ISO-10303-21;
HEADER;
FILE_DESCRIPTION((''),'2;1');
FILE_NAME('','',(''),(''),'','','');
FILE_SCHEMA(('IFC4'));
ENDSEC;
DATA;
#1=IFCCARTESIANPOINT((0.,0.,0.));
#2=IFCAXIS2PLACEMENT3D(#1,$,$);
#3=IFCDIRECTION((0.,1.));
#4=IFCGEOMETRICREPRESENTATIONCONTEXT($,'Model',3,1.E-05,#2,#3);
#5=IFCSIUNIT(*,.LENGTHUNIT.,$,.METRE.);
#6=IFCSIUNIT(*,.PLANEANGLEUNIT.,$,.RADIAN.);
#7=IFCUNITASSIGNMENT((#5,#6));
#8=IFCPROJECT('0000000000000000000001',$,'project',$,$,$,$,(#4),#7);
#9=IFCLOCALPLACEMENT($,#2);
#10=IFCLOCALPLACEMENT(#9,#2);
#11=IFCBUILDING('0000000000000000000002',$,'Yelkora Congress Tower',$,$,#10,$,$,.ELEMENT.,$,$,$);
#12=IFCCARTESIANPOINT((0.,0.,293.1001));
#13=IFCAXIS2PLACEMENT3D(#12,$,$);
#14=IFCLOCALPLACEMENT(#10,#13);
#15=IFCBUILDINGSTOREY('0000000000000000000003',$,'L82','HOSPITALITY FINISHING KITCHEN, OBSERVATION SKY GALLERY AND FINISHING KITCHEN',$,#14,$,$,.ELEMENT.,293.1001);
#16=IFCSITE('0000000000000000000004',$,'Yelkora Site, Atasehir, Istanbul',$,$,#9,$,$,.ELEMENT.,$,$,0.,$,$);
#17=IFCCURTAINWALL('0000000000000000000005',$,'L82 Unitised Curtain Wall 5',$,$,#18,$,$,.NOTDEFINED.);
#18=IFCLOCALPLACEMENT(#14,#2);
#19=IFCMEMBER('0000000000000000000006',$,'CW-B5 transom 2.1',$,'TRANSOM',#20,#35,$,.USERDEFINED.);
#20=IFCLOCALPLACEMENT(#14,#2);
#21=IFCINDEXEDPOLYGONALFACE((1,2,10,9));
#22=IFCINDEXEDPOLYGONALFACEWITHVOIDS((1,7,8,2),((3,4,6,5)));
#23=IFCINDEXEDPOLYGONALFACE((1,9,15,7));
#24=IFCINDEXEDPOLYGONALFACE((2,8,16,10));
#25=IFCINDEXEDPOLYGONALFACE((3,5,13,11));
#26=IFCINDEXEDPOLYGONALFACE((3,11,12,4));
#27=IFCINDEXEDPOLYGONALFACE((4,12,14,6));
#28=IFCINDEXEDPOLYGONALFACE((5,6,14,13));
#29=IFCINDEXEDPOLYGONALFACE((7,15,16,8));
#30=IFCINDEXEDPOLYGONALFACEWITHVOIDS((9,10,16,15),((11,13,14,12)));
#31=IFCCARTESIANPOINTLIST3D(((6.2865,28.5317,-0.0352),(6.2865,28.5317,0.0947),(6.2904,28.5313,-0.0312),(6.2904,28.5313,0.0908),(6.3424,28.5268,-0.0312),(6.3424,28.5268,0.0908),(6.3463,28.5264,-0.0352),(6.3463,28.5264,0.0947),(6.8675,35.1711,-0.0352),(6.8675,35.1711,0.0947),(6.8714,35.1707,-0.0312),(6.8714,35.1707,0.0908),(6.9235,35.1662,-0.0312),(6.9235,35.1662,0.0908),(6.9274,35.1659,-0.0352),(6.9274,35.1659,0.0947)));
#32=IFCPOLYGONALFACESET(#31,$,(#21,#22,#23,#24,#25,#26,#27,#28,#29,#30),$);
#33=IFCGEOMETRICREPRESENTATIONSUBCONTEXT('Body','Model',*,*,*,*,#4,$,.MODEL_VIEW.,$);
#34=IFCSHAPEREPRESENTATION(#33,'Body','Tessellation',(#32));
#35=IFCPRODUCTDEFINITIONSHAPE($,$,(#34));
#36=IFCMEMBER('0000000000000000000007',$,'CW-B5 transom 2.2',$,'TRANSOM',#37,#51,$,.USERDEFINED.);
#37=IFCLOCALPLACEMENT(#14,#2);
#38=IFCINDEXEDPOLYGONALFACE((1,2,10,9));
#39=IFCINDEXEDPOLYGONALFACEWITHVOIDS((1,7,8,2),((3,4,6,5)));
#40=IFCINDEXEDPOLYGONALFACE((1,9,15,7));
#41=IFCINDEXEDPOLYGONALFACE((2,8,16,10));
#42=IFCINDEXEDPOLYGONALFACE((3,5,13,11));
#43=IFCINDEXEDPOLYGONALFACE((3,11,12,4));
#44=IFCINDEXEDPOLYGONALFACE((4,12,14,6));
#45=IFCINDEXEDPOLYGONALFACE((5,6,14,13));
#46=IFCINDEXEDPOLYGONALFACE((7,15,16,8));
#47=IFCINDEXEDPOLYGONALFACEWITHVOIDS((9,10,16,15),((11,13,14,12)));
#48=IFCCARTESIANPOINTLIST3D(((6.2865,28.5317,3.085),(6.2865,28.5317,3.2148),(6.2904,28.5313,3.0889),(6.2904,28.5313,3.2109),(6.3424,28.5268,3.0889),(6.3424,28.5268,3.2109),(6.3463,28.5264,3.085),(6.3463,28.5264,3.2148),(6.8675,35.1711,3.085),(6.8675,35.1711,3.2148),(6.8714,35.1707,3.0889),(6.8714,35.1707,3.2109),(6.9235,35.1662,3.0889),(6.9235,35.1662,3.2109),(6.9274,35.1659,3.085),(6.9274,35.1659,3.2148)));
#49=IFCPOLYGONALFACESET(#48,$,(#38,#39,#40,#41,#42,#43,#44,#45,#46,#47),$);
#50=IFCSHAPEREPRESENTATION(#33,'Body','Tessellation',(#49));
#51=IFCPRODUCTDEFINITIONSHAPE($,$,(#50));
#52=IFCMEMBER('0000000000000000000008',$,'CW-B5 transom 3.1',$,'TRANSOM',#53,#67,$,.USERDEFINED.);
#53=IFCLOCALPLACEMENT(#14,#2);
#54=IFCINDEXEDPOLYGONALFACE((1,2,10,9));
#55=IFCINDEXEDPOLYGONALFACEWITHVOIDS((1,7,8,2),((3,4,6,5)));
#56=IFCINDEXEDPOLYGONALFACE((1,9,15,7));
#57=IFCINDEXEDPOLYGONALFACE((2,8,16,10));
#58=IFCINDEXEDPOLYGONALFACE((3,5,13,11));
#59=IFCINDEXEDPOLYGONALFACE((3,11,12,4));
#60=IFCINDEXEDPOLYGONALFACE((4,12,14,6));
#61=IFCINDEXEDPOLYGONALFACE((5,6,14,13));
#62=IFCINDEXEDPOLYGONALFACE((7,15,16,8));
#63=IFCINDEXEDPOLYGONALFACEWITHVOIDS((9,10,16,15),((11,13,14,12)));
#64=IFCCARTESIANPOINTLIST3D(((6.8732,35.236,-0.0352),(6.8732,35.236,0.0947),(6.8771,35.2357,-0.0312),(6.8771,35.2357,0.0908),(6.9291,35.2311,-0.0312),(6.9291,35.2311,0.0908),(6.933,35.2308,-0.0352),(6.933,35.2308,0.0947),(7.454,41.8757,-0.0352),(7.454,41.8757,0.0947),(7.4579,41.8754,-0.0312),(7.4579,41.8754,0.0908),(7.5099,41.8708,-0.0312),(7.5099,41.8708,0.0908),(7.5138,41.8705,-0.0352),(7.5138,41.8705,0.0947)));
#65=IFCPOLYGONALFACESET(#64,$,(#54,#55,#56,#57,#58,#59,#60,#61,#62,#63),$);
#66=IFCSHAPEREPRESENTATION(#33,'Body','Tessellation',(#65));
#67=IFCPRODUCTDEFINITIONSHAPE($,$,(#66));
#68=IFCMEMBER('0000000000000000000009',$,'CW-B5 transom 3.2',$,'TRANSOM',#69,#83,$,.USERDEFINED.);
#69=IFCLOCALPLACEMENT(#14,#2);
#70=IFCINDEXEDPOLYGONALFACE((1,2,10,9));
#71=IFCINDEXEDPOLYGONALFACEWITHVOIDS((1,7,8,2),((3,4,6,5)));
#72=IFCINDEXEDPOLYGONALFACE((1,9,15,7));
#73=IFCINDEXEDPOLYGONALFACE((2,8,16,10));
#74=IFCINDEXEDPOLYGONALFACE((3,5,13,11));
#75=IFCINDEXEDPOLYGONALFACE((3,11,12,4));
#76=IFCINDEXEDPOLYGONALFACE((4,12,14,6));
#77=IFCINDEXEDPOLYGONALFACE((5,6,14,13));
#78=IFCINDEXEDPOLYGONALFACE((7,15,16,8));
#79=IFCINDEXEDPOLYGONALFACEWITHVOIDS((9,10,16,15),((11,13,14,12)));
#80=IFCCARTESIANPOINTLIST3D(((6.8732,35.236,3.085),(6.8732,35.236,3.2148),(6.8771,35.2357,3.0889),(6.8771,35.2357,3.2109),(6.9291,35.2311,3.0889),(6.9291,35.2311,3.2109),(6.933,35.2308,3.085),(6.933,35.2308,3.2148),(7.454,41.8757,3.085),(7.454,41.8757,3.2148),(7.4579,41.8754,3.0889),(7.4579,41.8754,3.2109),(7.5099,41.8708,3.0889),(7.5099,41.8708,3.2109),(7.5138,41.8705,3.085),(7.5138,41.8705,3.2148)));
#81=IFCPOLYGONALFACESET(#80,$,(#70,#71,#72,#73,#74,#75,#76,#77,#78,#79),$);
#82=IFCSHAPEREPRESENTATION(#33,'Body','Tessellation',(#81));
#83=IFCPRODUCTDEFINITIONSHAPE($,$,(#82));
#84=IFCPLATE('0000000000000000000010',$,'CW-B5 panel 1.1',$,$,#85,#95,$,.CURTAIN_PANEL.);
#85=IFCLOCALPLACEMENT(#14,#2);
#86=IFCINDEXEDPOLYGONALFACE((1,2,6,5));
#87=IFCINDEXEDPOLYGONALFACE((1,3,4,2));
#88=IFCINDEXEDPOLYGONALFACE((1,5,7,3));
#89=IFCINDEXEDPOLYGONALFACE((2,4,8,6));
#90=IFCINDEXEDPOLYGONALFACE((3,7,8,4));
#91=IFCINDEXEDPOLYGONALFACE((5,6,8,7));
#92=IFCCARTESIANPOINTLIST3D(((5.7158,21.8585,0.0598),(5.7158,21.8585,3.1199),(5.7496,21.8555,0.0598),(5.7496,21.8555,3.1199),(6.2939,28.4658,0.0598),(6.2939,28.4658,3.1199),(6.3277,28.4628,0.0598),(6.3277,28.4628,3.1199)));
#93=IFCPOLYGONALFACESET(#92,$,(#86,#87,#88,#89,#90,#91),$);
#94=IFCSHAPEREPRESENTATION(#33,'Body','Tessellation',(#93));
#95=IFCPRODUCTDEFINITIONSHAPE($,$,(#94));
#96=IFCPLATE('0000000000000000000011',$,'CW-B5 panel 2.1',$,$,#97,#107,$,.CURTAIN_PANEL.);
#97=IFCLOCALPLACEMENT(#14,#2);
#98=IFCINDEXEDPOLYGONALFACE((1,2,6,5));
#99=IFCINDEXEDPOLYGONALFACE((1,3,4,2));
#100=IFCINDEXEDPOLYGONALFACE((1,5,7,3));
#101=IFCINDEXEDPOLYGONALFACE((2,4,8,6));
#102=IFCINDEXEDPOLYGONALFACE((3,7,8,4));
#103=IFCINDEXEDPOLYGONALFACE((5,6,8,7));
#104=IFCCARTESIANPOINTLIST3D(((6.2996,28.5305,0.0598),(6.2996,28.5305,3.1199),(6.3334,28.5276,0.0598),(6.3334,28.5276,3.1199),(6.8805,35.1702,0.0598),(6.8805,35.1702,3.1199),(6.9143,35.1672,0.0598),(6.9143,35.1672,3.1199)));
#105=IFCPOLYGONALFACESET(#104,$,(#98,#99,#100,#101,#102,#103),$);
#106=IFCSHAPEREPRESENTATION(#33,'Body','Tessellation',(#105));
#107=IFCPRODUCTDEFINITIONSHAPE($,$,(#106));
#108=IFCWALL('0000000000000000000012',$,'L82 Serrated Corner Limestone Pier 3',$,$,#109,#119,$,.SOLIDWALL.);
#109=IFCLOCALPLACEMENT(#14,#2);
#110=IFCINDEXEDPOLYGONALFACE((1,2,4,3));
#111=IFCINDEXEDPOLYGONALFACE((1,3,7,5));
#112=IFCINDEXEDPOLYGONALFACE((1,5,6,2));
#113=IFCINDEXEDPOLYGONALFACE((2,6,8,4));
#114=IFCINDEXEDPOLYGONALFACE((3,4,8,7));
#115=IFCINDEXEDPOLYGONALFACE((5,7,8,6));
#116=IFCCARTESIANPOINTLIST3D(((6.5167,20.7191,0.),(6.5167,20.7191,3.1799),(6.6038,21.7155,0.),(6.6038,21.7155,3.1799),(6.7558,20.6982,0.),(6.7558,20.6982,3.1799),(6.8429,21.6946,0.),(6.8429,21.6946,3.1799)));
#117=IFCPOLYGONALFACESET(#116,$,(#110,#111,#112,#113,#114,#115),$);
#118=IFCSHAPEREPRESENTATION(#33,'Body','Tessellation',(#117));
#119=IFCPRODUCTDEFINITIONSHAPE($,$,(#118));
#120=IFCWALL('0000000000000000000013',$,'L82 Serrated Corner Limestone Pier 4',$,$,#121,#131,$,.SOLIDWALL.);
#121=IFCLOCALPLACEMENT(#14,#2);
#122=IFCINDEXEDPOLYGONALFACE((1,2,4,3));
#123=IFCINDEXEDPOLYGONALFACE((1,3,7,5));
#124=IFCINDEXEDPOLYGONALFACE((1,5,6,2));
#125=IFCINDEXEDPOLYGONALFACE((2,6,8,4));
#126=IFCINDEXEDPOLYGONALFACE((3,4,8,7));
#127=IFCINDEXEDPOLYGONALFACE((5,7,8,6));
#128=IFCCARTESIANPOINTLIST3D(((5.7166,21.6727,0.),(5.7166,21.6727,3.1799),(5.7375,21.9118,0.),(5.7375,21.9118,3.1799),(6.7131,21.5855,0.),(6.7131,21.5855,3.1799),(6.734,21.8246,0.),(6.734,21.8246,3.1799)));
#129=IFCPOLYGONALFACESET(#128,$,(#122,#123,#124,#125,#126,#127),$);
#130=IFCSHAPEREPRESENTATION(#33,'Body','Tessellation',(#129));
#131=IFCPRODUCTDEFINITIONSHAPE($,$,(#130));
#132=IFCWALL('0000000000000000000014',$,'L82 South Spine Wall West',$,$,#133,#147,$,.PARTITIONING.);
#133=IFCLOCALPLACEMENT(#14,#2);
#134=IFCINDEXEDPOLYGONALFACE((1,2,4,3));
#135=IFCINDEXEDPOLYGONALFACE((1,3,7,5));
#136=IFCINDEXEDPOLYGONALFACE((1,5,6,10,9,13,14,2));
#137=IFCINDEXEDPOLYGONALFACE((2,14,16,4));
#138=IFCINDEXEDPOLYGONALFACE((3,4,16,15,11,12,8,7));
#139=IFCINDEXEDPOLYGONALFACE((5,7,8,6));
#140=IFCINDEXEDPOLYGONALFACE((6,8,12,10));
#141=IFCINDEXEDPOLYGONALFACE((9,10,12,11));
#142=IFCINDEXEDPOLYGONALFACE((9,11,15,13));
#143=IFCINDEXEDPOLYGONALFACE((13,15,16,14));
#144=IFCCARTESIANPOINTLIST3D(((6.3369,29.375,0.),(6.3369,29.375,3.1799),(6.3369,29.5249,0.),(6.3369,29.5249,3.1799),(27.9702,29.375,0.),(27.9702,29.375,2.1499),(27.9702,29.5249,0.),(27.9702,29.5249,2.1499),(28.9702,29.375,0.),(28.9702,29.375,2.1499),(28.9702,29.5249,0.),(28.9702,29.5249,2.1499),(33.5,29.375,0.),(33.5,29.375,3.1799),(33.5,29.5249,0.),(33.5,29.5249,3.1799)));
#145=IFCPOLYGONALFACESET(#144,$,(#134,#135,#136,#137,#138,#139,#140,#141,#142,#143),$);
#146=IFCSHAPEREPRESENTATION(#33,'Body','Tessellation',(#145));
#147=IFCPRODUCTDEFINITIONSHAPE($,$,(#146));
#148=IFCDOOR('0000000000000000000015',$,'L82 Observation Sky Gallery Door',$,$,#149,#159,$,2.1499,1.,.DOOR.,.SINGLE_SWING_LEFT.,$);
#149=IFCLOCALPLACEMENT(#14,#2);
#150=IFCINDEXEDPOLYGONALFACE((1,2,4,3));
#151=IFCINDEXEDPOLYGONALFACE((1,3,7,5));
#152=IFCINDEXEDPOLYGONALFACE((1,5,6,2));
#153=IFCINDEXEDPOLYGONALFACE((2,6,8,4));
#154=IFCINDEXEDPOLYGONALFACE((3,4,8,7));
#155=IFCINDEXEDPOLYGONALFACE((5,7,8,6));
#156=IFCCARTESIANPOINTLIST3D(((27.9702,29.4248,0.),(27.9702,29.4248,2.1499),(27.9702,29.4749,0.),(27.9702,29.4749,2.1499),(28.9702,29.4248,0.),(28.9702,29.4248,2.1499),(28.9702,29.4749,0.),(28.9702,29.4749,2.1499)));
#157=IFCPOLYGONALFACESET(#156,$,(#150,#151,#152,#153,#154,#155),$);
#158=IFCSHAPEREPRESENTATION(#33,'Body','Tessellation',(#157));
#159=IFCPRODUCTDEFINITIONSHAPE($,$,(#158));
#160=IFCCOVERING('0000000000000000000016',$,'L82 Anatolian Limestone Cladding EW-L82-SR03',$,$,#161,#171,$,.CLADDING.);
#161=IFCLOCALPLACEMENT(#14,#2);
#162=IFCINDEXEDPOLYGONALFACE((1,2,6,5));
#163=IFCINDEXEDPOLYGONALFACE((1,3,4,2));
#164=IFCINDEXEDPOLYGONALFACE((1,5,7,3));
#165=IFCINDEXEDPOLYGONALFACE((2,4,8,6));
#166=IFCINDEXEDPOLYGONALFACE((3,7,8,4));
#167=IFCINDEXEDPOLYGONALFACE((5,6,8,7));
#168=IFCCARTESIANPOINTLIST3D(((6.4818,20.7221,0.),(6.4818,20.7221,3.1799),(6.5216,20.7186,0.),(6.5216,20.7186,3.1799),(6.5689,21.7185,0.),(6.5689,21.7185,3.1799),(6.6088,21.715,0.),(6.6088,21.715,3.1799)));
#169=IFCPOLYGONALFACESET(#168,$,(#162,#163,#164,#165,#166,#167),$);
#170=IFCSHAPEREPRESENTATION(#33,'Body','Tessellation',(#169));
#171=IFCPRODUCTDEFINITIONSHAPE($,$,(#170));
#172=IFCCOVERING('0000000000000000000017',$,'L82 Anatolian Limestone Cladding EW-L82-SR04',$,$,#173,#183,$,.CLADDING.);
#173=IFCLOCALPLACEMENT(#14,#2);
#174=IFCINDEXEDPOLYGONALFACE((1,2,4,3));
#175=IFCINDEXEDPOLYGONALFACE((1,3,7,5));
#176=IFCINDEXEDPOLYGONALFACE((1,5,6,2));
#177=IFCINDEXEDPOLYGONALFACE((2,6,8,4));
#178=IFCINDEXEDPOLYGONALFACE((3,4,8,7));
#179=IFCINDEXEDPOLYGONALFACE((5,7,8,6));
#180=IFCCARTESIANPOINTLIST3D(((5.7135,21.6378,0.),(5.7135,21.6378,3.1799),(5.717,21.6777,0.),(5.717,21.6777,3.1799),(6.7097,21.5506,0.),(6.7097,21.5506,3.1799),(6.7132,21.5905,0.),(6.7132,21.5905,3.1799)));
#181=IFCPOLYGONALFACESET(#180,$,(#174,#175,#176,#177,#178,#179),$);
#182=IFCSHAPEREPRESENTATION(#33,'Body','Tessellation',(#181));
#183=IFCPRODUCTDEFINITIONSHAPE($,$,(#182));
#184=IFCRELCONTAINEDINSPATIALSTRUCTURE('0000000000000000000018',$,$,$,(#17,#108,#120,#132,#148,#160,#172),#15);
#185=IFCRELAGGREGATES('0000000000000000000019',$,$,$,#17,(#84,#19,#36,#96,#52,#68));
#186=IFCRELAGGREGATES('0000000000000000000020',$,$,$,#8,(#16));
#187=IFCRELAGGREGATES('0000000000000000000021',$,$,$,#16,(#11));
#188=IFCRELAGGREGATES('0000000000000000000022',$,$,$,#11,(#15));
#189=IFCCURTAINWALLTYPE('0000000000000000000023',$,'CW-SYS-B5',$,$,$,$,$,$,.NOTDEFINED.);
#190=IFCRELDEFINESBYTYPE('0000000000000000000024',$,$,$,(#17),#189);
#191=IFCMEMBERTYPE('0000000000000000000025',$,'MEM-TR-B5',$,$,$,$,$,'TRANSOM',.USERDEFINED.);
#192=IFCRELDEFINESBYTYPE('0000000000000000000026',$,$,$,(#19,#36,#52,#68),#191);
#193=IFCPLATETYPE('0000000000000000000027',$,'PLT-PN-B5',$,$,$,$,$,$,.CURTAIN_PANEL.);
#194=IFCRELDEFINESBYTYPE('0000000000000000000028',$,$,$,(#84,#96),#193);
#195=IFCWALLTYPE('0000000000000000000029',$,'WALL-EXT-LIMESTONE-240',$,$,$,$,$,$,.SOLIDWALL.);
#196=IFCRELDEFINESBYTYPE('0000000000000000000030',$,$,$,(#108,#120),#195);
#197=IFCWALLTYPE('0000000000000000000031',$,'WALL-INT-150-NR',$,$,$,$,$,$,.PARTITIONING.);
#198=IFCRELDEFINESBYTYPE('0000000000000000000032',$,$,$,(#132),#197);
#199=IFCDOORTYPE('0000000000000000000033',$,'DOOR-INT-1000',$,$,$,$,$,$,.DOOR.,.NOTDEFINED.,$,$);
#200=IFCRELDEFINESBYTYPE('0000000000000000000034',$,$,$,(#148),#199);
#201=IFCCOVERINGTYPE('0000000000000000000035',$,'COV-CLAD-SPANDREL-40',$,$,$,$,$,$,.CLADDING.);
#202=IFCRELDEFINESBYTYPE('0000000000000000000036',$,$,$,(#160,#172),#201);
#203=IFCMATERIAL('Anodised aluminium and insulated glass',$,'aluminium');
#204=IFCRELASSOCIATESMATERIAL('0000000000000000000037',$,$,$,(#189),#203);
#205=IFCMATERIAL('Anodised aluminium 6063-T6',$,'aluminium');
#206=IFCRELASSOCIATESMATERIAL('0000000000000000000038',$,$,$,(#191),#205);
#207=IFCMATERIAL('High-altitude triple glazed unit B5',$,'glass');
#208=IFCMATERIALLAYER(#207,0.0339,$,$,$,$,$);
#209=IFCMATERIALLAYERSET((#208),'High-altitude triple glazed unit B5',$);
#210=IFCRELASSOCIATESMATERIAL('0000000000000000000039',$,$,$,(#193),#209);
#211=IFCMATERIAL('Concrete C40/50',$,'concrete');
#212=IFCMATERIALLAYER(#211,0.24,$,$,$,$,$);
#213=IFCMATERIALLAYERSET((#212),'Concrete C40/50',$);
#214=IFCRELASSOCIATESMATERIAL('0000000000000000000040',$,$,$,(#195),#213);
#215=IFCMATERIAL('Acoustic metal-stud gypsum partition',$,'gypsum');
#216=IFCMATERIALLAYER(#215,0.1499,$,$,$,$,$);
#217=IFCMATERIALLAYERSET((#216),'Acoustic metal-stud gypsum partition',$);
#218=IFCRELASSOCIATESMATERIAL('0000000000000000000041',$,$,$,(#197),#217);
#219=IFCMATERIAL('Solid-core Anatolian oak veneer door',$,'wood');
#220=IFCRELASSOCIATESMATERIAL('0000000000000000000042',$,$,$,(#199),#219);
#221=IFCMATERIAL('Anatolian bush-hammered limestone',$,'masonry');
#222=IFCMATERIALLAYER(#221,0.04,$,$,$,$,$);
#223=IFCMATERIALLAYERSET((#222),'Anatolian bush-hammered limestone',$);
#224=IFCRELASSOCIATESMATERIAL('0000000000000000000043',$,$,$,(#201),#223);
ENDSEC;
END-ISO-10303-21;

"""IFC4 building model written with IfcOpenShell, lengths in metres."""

from ifc_helpers import new_model, si_unit, direction, frame, frame_2d, origin, origin_2d, place, context, subcontext, project, spatial, rectangle, hollow_rectangle, extrude, material, layer, layer_set, material_profile, profile_set, type_object, element, fill, aggregate, save


model = new_model("IFC4")

# Units and contexts
model_context = context("Model", 3, precision=1e-05, world=origin(), true_north=direction((0.0, 1.0)))
body_context = subcontext(model_context, "Body", "Model", "MODEL_VIEW")
ifc_project = project(units=[si_unit("LENGTHUNIT", "METRE"), si_unit("PLANEANGLEUNIT", "RADIAN")], contexts=[model_context])

# Site, building, storey
site_placement = place(None, origin())
site = spatial("IfcSite", under=ifc_project, at=site_placement, Name="Yelkora Site, Atasehir, Istanbul", CompositionType="ELEMENT", RefElevation=0.0)
building_placement = place(site_placement, origin())
building = spatial("IfcBuilding", under=site, at=building_placement, Name="Yelkora Congress Tower", CompositionType="ELEMENT")
storey_placement = place(building_placement, frame((0.0, 0.0, 293.1001)))
storey = spatial("IfcBuildingStorey", under=building, at=storey_placement, Name="L82", Description="HOSPITALITY FINISHING KITCHEN, OBSERVATION SKY GALLERY AND FINISHING KITCHEN", CompositionType="ELEMENT", Elevation=293.1001)

# Curtain wall, members, plates
ifc_material_1 = material(Name="Anodised aluminium and insulated glass", Category="aluminium")
curtain_wall_type = type_object("IfcCurtainWallType", Name="CW-SYS-B5", PredefinedType="NOTDEFINED", material=ifc_material_1)
curtain_wall_placement = place(storey_placement, origin())
curtain_wall = element("IfcCurtainWall", 1, at=curtain_wall_placement, inside=storey, type_object=curtain_wall_type, Name="L82 Unitised Curtain Wall 5", PredefinedType="NOTDEFINED")
ifc_material_2 = material(Name="Anodised aluminium 6063-T6", Category="aluminium")
ifc_material_profile_1 = material_profile(ifc_material_2, hollow_rectangle(XDim=0.0601, YDim=0.1299, WallThickness=0.0039, at=origin_2d()), Name="ALU 60x130x4")
ifc_profile_set_1 = profile_set([ifc_material_profile_1], Name="Anodised aluminium 6063-T6")
member_type_1 = type_object("IfcMemberType", Name="MEM-TR-B5", ElementType="TRANSOM", PredefinedType="USERDEFINED", material=ifc_profile_set_1)
member_1_placement = place(storey_placement, frame((6.3164, 28.5291, 0.0298), z_axis=(0.087183, 0.996192, 0.0), x_axis=(-0.996192, 0.087183, 0.0)))
member_1 = element("IfcMember", 2, at=member_1_placement, type_object=member_type_1, Name="CW-B5 transom 2.1", ObjectType="TRANSOM", PredefinedType="USERDEFINED", context=body_context, shape_type="SweptSolid", body=[
    extrude(hollow_rectangle(XDim=0.0601, YDim=0.1299, WallThickness=0.0039, at=origin_2d()), origin(), (0.0, 0.0, 1.0), 6.6648),
])
member_2_placement = place(storey_placement, frame((6.3164, 28.5291, 3.1499), z_axis=(0.087183, 0.996192, 0.0), x_axis=(-0.996192, 0.087183, 0.0)))
member_2 = element("IfcMember", 3, at=member_2_placement, type_object=member_type_1, Name="CW-B5 transom 2.2", ObjectType="TRANSOM", PredefinedType="USERDEFINED", context=body_context, shape_type="SweptSolid", body=[
    extrude(hollow_rectangle(XDim=0.0601, YDim=0.1299, WallThickness=0.0039, at=origin_2d()), origin(), (0.0, 0.0, 1.0), 6.6648),
])
member_3_placement = place(storey_placement, frame((6.9031, 35.2334, 0.0298), z_axis=(0.087143, 0.996196, 0.0), x_axis=(-0.996196, 0.087143, 0.0)))
member_3 = element("IfcMember", 4, at=member_3_placement, type_object=member_type_1, Name="CW-B5 transom 3.1", ObjectType="TRANSOM", PredefinedType="USERDEFINED", context=body_context, shape_type="SweptSolid", body=[
    extrude(hollow_rectangle(XDim=0.0601, YDim=0.1299, WallThickness=0.0039, at=origin_2d()), origin(), (0.0, 0.0, 1.0), 6.665),
])
member_4_placement = place(storey_placement, frame((6.9031, 35.2334, 3.1499), z_axis=(0.087143, 0.996196, 0.0), x_axis=(-0.996196, 0.087143, 0.0)))
member_4 = element("IfcMember", 5, at=member_4_placement, type_object=member_type_1, Name="CW-B5 transom 3.2", ObjectType="TRANSOM", PredefinedType="USERDEFINED", context=body_context, shape_type="SweptSolid", body=[
    extrude(hollow_rectangle(XDim=0.0601, YDim=0.1299, WallThickness=0.0039, at=origin_2d()), origin(), (0.0, 0.0, 1.0), 6.665),
])
ifc_material_3 = material(Name="High-altitude triple glazed unit B5", Category="glass")
ifc_layer_1 = layer(ifc_material_3, 0.0339)
ifc_layer_set_1 = layer_set([ifc_layer_1], Name="High-altitude triple glazed unit B5")
plate_type = type_object("IfcPlateType", Name="PLT-PN-B5", PredefinedType="CURTAIN_PANEL", material=ifc_layer_set_1)
plate_1_placement = place(storey_placement, frame((6.0217, 25.1606, 0.0598), z_axis=(0.0, 0.0, 1.0), x_axis=(0.087155, 0.996195, 0.0)))
plate_1 = element("IfcPlate", 6, at=plate_1_placement, type_object=plate_type, Name="CW-B5 panel 1.1", PredefinedType="CURTAIN_PANEL", context=body_context, shape_type="SweptSolid", body=[
    extrude(rectangle(XDim=6.6326, YDim=0.0339, at=origin_2d()), origin(), (0.0, 0.0, 1.0), 3.0601),
])
plate_2_placement = place(storey_placement, frame((6.6069, 31.8489, 0.0598), z_axis=(0.0, 0.0, 1.0), x_axis=(0.087155, 0.996195, 0.0)))
plate_2 = element("IfcPlate", 7, at=plate_2_placement, type_object=plate_type, Name="CW-B5 panel 2.1", PredefinedType="CURTAIN_PANEL", context=body_context, shape_type="SweptSolid", body=[
    extrude(rectangle(XDim=6.665, YDim=0.0339, at=origin_2d()), origin(), (0.0, 0.0, 1.0), 3.0601),
])
aggregate(curtain_wall, [plate_1, member_1, member_2, plate_2, member_3, member_4])

# Walls
ifc_material_4 = material(Name="Concrete C40/50", Category="concrete")
ifc_layer_2 = layer(ifc_material_4, 0.24)
ifc_layer_set_2 = layer_set([ifc_layer_2], Name="Concrete C40/50")
wall_type_1 = type_object("IfcWallType", Name="WALL-EXT-LIMESTONE-240", PredefinedType="SOLIDWALL", material=ifc_layer_set_2)
for number, where, z_axis, x_axis, name in (
    (8, (6.6362, 20.7087, 0.0), (0.0, 0.0, 1.0), (0.087146, 0.996196, 0.0), "L82 Serrated Corner Limestone Pier 3"),
    (9, (6.7234, 21.7051, 0.0), (0.0, 0.0, 1.0), (-0.996196, 0.087146, 0.0), "L82 Serrated Corner Limestone Pier 4"),
):
    element("IfcWall", number, at=place(storey_placement, frame(where, z_axis=z_axis, x_axis=x_axis)), inside=storey, type_object=wall_type_1, Name=name, PredefinedType="SOLIDWALL", context=body_context, shape_type="SweptSolid", body=[
        extrude(rectangle(XDim=1.0002, YDim=0.24, at=frame_2d((0.5, 0.0))), origin(), (0.0, 0.0, 1.0), 3.1799),
    ])

# Wall, opening, door
ifc_material_5 = material(Name="Acoustic metal-stud gypsum partition", Category="gypsum")
ifc_layer_3 = layer(ifc_material_5, 0.1499)
ifc_layer_set_3 = layer_set([ifc_layer_3], Name="Acoustic metal-stud gypsum partition")
wall_type_2 = type_object("IfcWallType", Name="WALL-INT-150-NR", PredefinedType="PARTITIONING", material=ifc_layer_set_3)
wall_placement = place(storey_placement, frame((6.3369, 29.45, 0.0), z_axis=(0.0, 0.0, 1.0), x_axis=(1.0, 0.0, 0.0)))
wall = element("IfcWall", 10, at=wall_placement, inside=storey, type_object=wall_type_2, Name="L82 South Spine Wall West", PredefinedType="PARTITIONING", context=body_context, shape_type="SweptSolid", body=[
    extrude(rectangle(XDim=27.1631, YDim=0.1499, at=frame_2d((13.5815, 0.0))), origin(), (0.0, 0.0, 1.0), 3.1799),
])
opening_placement = place(wall_placement, frame((21.6333, 0.0, 0.0)))
opening = element("IfcOpeningElement", 11, at=opening_placement, cuts=wall, PredefinedType="OPENING", context=body_context, shape_type="SweptSolid", body=[
    extrude(rectangle(XDim=1.0, YDim=2.1499, at=frame_2d((0.5, 1.075))), frame((0.0, 0.085, 0.0), z_axis=(0.0, -1.0, 0.0), x_axis=(1.0, 0.0, 0.0)), (0.0, 0.0, 1.0), 0.1699),
])
ifc_material_6 = material(Name="Solid-core Anatolian oak veneer door", Category="wood")
door_type = type_object("IfcDoorType", Name="DOOR-INT-1000", OperationType="NOTDEFINED", PredefinedType="DOOR", material=ifc_material_6)
door_placement = place(opening_placement, origin())
door = element("IfcDoor", 12, at=door_placement, inside=storey, type_object=door_type, Name="L82 Observation Sky Gallery Door", OperationType="SINGLE_SWING_LEFT", OverallHeight=2.1499, OverallWidth=1.0, PredefinedType="DOOR", context=body_context, shape_type="SweptSolid", body=[
    extrude(rectangle(XDim=1.0, YDim=2.1499, at=frame_2d((0.5, 1.075))), frame((0.0, 0.0249, 0.0), z_axis=(0.0, -1.0, 0.0), x_axis=(1.0, 0.0, 0.0)), (0.0, 0.0, 1.0), 0.05),
])
fill(opening, door)

# Coverings
ifc_material_7 = material(Name="Anatolian bush-hammered limestone", Category="masonry")
ifc_layer_4 = layer(ifc_material_7, 0.04)
ifc_layer_set_4 = layer_set([ifc_layer_4], Name="Anatolian bush-hammered limestone")
covering_type = type_object("IfcCoveringType", Name="COV-CLAD-SPANDREL-40", PredefinedType="CLADDING", material=ifc_layer_set_4)
covering_1_placement = place(storey_placement, frame((6.5017, 20.7205, 0.0), z_axis=(0.0, 0.0, 1.0), x_axis=(0.087146, 0.996196, 0.0)))
element("IfcCovering", 13, at=covering_1_placement, inside=storey, type_object=covering_type, Name="L82 Anatolian Limestone Cladding EW-L82-SR03", PredefinedType="CLADDING", context=body_context, shape_type="SweptSolid", body=[
    extrude(rectangle(XDim=1.0002, YDim=0.04, at=frame_2d((0.5, 0.0))), origin(), (0.0, 0.0, 1.0), 3.1799),
])
covering_2_placement = place(storey_placement, frame((6.7114, 21.5706, 0.0), z_axis=(0.0, 0.0, 1.0), x_axis=(-0.996194, 0.087167, 0.0)))
element("IfcCovering", 14, at=covering_2_placement, inside=storey, type_object=covering_type, Name="L82 Anatolian Limestone Cladding EW-L82-SR04", PredefinedType="CLADDING", context=body_context, shape_type="SweptSolid", body=[
    extrude(rectangle(XDim=1.0, YDim=0.04, at=frame_2d((0.5, 0.0))), origin(), (0.0, 0.0, 1.0), 3.1799),
])

save(model, "model.ifc")
